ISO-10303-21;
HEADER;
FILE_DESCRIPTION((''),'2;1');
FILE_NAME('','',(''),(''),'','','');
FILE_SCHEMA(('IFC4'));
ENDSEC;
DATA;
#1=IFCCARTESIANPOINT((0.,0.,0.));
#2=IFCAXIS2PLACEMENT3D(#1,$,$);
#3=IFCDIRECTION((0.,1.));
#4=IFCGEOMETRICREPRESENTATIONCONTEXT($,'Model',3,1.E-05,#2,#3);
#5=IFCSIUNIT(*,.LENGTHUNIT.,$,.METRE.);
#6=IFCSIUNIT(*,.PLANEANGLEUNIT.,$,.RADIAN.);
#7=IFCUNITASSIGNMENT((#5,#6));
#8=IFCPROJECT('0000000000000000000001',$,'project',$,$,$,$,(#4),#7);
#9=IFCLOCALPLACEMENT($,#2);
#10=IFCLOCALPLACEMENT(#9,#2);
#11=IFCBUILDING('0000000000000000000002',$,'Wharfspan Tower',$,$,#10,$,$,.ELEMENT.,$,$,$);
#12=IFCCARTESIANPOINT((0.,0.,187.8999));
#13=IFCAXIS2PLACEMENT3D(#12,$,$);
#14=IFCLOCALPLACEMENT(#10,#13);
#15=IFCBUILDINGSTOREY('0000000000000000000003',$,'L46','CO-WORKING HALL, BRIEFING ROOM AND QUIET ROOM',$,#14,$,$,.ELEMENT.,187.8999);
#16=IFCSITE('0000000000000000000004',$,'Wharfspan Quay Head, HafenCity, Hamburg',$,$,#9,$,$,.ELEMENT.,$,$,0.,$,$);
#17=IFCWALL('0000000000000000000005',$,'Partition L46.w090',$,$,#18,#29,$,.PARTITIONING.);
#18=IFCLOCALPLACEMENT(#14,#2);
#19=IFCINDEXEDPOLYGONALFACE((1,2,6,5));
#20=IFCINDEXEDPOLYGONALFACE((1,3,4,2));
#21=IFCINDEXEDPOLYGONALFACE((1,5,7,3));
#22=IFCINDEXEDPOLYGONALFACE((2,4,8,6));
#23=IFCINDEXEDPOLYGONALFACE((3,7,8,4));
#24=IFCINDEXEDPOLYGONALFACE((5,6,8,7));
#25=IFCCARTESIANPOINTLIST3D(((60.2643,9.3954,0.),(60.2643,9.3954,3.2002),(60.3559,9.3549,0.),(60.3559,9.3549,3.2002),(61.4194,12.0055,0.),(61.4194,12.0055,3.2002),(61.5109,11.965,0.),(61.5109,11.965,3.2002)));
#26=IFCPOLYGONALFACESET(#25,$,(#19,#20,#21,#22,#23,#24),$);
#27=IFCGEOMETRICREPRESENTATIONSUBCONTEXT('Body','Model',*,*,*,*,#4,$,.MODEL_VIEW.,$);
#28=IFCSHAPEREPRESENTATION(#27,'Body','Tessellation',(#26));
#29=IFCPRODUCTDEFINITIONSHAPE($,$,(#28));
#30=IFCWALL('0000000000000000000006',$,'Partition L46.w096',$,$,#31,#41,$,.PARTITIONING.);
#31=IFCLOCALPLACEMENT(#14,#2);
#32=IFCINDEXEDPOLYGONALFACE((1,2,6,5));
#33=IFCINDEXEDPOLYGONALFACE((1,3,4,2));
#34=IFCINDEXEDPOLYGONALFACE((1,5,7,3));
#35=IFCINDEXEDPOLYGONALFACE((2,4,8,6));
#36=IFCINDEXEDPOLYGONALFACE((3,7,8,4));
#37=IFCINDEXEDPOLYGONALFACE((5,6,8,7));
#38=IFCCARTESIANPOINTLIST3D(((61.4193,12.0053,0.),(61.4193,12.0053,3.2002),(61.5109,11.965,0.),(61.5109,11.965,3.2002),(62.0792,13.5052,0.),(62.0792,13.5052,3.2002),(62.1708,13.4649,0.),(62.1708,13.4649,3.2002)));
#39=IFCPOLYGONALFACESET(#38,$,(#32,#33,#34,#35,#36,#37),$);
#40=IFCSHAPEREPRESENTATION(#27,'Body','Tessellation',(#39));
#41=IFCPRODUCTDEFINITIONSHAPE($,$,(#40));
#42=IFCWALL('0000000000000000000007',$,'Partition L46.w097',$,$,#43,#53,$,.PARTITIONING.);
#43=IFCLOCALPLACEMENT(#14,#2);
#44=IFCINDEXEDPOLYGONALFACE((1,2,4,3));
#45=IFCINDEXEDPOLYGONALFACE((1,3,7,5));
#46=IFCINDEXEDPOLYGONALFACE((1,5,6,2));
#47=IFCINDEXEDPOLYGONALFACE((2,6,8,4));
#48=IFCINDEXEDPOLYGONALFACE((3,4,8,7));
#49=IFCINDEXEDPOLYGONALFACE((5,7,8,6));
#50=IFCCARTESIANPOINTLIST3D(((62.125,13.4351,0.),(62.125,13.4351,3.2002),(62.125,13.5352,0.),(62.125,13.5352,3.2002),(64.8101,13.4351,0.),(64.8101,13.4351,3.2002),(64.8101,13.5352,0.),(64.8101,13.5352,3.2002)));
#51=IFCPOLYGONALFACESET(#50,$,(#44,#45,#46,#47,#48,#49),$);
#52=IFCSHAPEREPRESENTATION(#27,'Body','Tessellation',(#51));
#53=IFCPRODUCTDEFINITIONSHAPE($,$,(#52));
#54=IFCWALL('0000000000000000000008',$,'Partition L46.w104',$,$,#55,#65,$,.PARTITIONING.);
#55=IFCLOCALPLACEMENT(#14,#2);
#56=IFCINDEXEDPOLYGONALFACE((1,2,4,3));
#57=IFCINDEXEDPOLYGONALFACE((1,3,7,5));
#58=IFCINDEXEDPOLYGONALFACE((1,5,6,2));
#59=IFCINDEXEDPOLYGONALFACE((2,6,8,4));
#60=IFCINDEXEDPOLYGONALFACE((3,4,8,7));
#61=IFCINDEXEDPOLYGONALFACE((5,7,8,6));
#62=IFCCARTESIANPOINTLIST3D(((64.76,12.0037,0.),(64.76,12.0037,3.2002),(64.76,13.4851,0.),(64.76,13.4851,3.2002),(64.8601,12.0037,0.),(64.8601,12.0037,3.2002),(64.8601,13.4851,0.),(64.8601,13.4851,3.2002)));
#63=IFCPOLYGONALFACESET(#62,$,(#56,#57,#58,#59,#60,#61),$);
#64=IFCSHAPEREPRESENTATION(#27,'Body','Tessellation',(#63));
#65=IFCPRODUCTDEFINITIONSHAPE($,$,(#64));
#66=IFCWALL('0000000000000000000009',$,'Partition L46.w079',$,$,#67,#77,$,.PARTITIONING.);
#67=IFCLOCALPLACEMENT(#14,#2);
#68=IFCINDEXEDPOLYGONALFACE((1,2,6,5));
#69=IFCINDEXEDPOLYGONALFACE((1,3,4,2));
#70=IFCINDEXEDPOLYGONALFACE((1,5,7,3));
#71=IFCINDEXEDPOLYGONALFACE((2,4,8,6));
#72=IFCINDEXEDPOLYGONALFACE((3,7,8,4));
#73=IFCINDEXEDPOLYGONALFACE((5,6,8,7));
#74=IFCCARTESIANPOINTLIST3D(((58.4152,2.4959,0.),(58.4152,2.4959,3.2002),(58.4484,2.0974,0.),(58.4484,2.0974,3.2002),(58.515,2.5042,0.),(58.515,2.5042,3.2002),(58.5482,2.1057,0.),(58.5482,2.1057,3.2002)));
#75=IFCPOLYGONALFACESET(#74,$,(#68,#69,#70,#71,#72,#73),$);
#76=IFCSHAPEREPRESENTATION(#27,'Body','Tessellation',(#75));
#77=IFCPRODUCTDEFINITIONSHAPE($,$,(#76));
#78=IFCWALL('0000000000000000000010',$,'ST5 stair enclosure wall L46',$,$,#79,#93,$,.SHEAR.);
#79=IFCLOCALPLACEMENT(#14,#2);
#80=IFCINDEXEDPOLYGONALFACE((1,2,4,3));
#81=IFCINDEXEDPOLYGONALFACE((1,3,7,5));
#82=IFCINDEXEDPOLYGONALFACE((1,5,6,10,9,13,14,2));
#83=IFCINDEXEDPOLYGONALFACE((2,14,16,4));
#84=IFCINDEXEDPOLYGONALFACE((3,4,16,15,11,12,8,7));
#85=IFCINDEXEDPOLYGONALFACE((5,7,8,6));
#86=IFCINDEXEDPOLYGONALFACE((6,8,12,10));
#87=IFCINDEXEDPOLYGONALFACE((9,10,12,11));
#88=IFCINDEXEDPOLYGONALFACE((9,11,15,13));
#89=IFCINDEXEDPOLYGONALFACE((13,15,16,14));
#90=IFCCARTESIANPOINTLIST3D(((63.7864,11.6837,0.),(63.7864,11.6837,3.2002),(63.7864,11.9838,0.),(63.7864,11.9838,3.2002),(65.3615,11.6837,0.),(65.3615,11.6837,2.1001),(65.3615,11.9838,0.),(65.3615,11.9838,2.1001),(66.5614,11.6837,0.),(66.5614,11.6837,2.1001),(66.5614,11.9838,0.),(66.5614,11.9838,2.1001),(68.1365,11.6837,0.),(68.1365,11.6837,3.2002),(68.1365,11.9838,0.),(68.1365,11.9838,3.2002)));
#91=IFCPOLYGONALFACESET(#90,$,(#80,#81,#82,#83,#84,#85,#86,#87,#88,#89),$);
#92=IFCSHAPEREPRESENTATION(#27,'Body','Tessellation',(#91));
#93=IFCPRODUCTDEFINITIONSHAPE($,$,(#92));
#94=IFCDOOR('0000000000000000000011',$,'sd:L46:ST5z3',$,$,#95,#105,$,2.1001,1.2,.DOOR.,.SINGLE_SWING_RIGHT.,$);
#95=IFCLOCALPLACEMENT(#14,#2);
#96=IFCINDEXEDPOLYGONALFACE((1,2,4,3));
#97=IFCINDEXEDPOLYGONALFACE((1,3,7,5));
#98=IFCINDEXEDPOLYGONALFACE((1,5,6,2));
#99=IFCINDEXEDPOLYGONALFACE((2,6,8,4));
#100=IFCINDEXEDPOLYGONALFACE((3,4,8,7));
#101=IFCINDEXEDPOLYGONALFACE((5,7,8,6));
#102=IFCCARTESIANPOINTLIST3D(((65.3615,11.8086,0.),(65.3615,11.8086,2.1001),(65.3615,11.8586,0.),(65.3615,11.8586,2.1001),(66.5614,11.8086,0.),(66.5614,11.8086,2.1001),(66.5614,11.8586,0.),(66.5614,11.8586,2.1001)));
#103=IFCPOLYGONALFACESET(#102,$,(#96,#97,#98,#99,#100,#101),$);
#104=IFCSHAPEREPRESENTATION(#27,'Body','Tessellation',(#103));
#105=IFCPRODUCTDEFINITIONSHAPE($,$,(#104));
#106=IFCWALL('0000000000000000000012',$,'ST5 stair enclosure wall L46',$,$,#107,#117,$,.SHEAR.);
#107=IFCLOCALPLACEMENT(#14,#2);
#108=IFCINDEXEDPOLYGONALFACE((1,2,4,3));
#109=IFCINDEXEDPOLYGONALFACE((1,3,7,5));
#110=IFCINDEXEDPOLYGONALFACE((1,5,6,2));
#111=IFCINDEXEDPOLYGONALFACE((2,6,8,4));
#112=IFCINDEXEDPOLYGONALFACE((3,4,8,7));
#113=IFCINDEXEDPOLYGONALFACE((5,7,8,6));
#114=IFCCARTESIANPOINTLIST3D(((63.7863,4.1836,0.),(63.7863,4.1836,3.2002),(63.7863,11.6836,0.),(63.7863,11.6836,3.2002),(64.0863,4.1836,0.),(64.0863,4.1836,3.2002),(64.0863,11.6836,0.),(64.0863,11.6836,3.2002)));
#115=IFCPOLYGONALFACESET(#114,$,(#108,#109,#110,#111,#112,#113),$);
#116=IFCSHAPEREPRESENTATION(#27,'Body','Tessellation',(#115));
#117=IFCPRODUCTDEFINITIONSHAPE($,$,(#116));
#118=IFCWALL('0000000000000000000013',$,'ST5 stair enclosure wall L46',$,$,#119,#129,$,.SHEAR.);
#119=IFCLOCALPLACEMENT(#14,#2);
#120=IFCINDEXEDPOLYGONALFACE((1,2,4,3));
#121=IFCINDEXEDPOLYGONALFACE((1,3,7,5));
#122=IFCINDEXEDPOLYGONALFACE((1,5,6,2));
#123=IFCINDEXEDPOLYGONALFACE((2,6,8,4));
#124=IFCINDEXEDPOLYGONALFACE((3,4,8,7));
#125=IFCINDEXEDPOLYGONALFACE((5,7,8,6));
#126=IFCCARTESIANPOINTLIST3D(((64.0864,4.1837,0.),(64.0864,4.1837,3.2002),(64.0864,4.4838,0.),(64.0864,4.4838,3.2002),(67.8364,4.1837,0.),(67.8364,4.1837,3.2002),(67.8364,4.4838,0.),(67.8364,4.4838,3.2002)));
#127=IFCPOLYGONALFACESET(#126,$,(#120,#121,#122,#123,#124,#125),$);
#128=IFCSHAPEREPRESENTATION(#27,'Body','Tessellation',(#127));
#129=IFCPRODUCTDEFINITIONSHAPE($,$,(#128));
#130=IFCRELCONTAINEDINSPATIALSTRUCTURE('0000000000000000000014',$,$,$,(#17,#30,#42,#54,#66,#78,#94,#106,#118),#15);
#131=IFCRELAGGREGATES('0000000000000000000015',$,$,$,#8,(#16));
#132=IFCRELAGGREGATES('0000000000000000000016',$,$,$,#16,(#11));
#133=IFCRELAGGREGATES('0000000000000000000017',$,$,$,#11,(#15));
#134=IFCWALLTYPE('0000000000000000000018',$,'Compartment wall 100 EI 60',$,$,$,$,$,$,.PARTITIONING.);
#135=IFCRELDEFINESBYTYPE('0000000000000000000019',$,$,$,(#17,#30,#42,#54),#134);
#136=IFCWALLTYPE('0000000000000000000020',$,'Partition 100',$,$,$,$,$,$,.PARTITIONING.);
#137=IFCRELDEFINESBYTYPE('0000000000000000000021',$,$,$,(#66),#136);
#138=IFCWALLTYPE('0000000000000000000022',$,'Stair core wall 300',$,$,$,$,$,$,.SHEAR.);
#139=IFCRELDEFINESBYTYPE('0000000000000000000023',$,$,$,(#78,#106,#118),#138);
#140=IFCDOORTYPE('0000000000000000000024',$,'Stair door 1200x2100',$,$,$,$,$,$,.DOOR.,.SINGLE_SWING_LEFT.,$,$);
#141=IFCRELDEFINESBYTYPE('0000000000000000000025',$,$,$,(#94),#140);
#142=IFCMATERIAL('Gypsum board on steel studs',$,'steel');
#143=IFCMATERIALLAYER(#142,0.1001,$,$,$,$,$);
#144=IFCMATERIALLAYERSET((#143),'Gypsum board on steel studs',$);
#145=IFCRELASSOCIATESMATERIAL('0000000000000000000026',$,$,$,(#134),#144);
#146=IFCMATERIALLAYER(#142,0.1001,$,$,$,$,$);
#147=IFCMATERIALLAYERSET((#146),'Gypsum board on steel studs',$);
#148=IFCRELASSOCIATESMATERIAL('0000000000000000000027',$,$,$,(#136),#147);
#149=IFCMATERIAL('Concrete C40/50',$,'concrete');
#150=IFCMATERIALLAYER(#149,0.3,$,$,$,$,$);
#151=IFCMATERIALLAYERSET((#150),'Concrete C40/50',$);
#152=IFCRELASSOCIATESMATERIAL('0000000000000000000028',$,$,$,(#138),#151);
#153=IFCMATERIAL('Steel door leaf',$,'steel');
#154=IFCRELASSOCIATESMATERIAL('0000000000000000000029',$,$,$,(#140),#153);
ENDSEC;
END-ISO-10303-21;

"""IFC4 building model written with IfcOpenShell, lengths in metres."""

from ifc_helpers import new_model, si_unit, direction, frame, frame_2d, origin, place, context, subcontext, project, spatial, rectangle, extrude, material, layer, layer_set, type_object, element, fill, save


model = new_model("IFC4")

# Units and contexts
model_context = context("Model", 3, precision=1e-05, world=origin(), true_north=direction((0.0, 1.0)))
body_context = subcontext(model_context, "Body", "Model", "MODEL_VIEW")
ifc_project = project(units=[si_unit("LENGTHUNIT", "METRE"), si_unit("PLANEANGLEUNIT", "RADIAN")], contexts=[model_context])

# Site, building, storey
site_placement = place(None, origin())
site = spatial("IfcSite", under=ifc_project, at=site_placement, Name="Wharfspan Quay Head, HafenCity, Hamburg", CompositionType="ELEMENT", RefElevation=0.0)
building_placement = place(site_placement, origin())
building = spatial("IfcBuilding", under=site, at=building_placement, Name="Wharfspan Tower", CompositionType="ELEMENT")
storey_placement = place(building_placement, frame((0.0, 0.0, 187.8999)))
storey = spatial("IfcBuildingStorey", under=building, at=storey_placement, Name="L46", Description="CO-WORKING HALL, BRIEFING ROOM AND QUIET ROOM", CompositionType="ELEMENT", Elevation=187.8999)

# Shared definitions
ifc_material_1 = material(Name="Gypsum board on steel studs", Category="steel")
ifc_layer_1 = layer(ifc_material_1, 0.1001)
ifc_layer_set_1 = layer_set([ifc_layer_1], Name="Gypsum board on steel studs")
wall_type_1 = type_object("IfcWallType", Name="Compartment wall 100 EI 60", PredefinedType="PARTITIONING", material=ifc_layer_set_1)

# Walls
wall_1_placement = place(storey_placement, frame((60.3101, 9.375, 0.0), z_axis=(0.0, 0.0, 1.0), x_axis=(0.404668, 0.914459, 0.0)))
element("IfcWall", 1, at=wall_1_placement, inside=storey, type_object=wall_type_1, Name="Partition L46.w090", PredefinedType="PARTITIONING", context=body_context, shape_type="SweptSolid", body=[
    extrude(rectangle(XDim=2.8542, YDim=0.1001, at=frame_2d((1.4272, 0.0))), origin(), (0.0, 0.0, 1.0), 3.2002),
])
wall_2_placement = place(storey_placement, frame((61.4651, 11.9851, 0.0), z_axis=(0.0, 0.0, 1.0), x_axis=(0.402692, 0.915331, 0.0)))
element("IfcWall", 2, at=wall_2_placement, inside=storey, type_object=wall_type_1, Name="Partition L46.w096", PredefinedType="PARTITIONING", context=body_context, shape_type="SweptSolid", body=[
    extrude(rectangle(XDim=1.6387, YDim=0.1001, at=frame_2d((0.8193, 0.0))), origin(), (0.0, 0.0, 1.0), 3.2002),
])
wall_3_placement = place(storey_placement, frame((62.125, 13.4851, 0.0), z_axis=(0.0, 0.0, 1.0), x_axis=(1.0, 0.0, 0.0)))
element("IfcWall", 3, at=wall_3_placement, inside=storey, type_object=wall_type_1, Name="Partition L46.w097", PredefinedType="PARTITIONING", context=body_context, shape_type="SweptSolid", body=[
    extrude(rectangle(XDim=2.6851, YDim=0.1001, at=frame_2d((1.3425, 0.0))), origin(), (0.0, 0.0, 1.0), 3.2002),
])
wall_4_placement = place(storey_placement, frame((64.8101, 12.0037, 0.0), z_axis=(0.0, 0.0, 1.0), x_axis=(0.0, 1.0, 0.0)))
element("IfcWall", 4, at=wall_4_placement, inside=storey, type_object=wall_type_1, Name="Partition L46.w104", PredefinedType="PARTITIONING", context=body_context, shape_type="SweptSolid", body=[
    extrude(rectangle(XDim=1.4814, YDim=0.1001, at=frame_2d((0.7407, 0.0))), origin(), (0.0, 0.0, 1.0), 3.2002),
])
ifc_layer_2 = layer(ifc_material_1, 0.1001)
ifc_layer_set_2 = layer_set([ifc_layer_2], Name="Gypsum board on steel studs")
wall_type_2 = type_object("IfcWallType", Name="Partition 100", PredefinedType="PARTITIONING", material=ifc_layer_set_2)
wall_5_placement = place(storey_placement, frame((58.4983, 2.1016, 0.0), z_axis=(0.0, 0.0, 1.0), x_axis=(-0.083045, 0.996542, 0.0)))
element("IfcWall", 5, at=wall_5_placement, inside=storey, type_object=wall_type_2, Name="Partition L46.w079", PredefinedType="PARTITIONING", context=body_context, shape_type="SweptSolid", body=[
    extrude(rectangle(XDim=0.3999, YDim=0.1001, at=frame_2d((0.2, 0.0))), origin(), (0.0, 0.0, 1.0), 3.2002),
])

# Wall, opening, door
ifc_material_2 = material(Name="Concrete C40/50", Category="concrete")
ifc_layer_3 = layer(ifc_material_2, 0.3)
ifc_layer_set_3 = layer_set([ifc_layer_3], Name="Concrete C40/50")
wall_type_3 = type_object("IfcWallType", Name="Stair core wall 300", PredefinedType="SHEAR", material=ifc_layer_set_3)
wall_6_placement = place(storey_placement, frame((63.7864, 11.8337, 0.0), z_axis=(0.0, 0.0, 1.0), x_axis=(1.0, 0.0, 0.0)))
wall_6 = element("IfcWall", 6, at=wall_6_placement, inside=storey, type_object=wall_type_3, Name="ST5 stair enclosure wall L46", PredefinedType="SHEAR", context=body_context, shape_type="SweptSolid", body=[
    extrude(rectangle(XDim=4.3501, YDim=0.3, at=frame_2d((2.175, 0.0))), origin(), (0.0, 0.0, 1.0), 3.2002),
])
opening_1_placement = place(wall_6_placement, frame((1.575, 0.0, 0.0)))
opening_1 = element("IfcOpeningElement", 7, at=opening_1_placement, cuts=wall_6, PredefinedType="OPENING", context=body_context, shape_type="SweptSolid", body=[
    extrude(rectangle(XDim=1.2, YDim=2.1001, at=frame_2d((0.6001, 1.05))), frame((0.0, 0.1599, 0.0), z_axis=(0.0, -1.0, 0.0), x_axis=(1.0, 0.0, 0.0)), (0.0, 0.0, 1.0), 0.3201),
])
ifc_material_3 = material(Name="Steel door leaf", Category="steel")
door_type_1 = type_object("IfcDoorType", Name="Stair door 1200x2100", OperationType="SINGLE_SWING_LEFT", PredefinedType="DOOR", material=ifc_material_3)
door_1_placement = place(opening_1_placement, origin())
door_1 = element("IfcDoor", 8, at=door_1_placement, inside=storey, type_object=door_type_1, Name="sd:L46:ST5z3", OperationType="SINGLE_SWING_RIGHT", OverallHeight=2.1001, OverallWidth=1.2, PredefinedType="DOOR", context=body_context, shape_type="SweptSolid", body=[
    extrude(rectangle(XDim=1.2, YDim=2.1001, at=frame_2d((0.6001, 1.05))), frame((0.0, 0.0249, 0.0), z_axis=(0.0, -1.0, 0.0), x_axis=(1.0, 0.0, 0.0)), (0.0, 0.0, 1.0), 0.05),
])
fill(opening_1, door_1)

# Walls
wall_7_placement = place(storey_placement, frame((63.9363, 4.1836, 0.0), z_axis=(0.0, 0.0, 1.0), x_axis=(0.0, 1.0, 0.0)))
element("IfcWall", 9, at=wall_7_placement, inside=storey, type_object=wall_type_3, Name="ST5 stair enclosure wall L46", PredefinedType="SHEAR", context=body_context, shape_type="SweptSolid", body=[
    extrude(rectangle(XDim=7.5, YDim=0.3, at=frame_2d((3.75, 0.0))), origin(), (0.0, 0.0, 1.0), 3.2002),
])
wall_8_placement = place(storey_placement, frame((64.0864, 4.3337, 0.0), z_axis=(0.0, 0.0, 1.0), x_axis=(1.0, 0.0, 0.0)))
element("IfcWall", 10, at=wall_8_placement, inside=storey, type_object=wall_type_3, Name="ST5 stair enclosure wall L46", PredefinedType="SHEAR", context=body_context, shape_type="SweptSolid", body=[
    extrude(rectangle(XDim=3.75, YDim=0.3, at=frame_2d((1.875, 0.0))), origin(), (0.0, 0.0, 1.0), 3.2002),
])

save(model, "model.ifc")
